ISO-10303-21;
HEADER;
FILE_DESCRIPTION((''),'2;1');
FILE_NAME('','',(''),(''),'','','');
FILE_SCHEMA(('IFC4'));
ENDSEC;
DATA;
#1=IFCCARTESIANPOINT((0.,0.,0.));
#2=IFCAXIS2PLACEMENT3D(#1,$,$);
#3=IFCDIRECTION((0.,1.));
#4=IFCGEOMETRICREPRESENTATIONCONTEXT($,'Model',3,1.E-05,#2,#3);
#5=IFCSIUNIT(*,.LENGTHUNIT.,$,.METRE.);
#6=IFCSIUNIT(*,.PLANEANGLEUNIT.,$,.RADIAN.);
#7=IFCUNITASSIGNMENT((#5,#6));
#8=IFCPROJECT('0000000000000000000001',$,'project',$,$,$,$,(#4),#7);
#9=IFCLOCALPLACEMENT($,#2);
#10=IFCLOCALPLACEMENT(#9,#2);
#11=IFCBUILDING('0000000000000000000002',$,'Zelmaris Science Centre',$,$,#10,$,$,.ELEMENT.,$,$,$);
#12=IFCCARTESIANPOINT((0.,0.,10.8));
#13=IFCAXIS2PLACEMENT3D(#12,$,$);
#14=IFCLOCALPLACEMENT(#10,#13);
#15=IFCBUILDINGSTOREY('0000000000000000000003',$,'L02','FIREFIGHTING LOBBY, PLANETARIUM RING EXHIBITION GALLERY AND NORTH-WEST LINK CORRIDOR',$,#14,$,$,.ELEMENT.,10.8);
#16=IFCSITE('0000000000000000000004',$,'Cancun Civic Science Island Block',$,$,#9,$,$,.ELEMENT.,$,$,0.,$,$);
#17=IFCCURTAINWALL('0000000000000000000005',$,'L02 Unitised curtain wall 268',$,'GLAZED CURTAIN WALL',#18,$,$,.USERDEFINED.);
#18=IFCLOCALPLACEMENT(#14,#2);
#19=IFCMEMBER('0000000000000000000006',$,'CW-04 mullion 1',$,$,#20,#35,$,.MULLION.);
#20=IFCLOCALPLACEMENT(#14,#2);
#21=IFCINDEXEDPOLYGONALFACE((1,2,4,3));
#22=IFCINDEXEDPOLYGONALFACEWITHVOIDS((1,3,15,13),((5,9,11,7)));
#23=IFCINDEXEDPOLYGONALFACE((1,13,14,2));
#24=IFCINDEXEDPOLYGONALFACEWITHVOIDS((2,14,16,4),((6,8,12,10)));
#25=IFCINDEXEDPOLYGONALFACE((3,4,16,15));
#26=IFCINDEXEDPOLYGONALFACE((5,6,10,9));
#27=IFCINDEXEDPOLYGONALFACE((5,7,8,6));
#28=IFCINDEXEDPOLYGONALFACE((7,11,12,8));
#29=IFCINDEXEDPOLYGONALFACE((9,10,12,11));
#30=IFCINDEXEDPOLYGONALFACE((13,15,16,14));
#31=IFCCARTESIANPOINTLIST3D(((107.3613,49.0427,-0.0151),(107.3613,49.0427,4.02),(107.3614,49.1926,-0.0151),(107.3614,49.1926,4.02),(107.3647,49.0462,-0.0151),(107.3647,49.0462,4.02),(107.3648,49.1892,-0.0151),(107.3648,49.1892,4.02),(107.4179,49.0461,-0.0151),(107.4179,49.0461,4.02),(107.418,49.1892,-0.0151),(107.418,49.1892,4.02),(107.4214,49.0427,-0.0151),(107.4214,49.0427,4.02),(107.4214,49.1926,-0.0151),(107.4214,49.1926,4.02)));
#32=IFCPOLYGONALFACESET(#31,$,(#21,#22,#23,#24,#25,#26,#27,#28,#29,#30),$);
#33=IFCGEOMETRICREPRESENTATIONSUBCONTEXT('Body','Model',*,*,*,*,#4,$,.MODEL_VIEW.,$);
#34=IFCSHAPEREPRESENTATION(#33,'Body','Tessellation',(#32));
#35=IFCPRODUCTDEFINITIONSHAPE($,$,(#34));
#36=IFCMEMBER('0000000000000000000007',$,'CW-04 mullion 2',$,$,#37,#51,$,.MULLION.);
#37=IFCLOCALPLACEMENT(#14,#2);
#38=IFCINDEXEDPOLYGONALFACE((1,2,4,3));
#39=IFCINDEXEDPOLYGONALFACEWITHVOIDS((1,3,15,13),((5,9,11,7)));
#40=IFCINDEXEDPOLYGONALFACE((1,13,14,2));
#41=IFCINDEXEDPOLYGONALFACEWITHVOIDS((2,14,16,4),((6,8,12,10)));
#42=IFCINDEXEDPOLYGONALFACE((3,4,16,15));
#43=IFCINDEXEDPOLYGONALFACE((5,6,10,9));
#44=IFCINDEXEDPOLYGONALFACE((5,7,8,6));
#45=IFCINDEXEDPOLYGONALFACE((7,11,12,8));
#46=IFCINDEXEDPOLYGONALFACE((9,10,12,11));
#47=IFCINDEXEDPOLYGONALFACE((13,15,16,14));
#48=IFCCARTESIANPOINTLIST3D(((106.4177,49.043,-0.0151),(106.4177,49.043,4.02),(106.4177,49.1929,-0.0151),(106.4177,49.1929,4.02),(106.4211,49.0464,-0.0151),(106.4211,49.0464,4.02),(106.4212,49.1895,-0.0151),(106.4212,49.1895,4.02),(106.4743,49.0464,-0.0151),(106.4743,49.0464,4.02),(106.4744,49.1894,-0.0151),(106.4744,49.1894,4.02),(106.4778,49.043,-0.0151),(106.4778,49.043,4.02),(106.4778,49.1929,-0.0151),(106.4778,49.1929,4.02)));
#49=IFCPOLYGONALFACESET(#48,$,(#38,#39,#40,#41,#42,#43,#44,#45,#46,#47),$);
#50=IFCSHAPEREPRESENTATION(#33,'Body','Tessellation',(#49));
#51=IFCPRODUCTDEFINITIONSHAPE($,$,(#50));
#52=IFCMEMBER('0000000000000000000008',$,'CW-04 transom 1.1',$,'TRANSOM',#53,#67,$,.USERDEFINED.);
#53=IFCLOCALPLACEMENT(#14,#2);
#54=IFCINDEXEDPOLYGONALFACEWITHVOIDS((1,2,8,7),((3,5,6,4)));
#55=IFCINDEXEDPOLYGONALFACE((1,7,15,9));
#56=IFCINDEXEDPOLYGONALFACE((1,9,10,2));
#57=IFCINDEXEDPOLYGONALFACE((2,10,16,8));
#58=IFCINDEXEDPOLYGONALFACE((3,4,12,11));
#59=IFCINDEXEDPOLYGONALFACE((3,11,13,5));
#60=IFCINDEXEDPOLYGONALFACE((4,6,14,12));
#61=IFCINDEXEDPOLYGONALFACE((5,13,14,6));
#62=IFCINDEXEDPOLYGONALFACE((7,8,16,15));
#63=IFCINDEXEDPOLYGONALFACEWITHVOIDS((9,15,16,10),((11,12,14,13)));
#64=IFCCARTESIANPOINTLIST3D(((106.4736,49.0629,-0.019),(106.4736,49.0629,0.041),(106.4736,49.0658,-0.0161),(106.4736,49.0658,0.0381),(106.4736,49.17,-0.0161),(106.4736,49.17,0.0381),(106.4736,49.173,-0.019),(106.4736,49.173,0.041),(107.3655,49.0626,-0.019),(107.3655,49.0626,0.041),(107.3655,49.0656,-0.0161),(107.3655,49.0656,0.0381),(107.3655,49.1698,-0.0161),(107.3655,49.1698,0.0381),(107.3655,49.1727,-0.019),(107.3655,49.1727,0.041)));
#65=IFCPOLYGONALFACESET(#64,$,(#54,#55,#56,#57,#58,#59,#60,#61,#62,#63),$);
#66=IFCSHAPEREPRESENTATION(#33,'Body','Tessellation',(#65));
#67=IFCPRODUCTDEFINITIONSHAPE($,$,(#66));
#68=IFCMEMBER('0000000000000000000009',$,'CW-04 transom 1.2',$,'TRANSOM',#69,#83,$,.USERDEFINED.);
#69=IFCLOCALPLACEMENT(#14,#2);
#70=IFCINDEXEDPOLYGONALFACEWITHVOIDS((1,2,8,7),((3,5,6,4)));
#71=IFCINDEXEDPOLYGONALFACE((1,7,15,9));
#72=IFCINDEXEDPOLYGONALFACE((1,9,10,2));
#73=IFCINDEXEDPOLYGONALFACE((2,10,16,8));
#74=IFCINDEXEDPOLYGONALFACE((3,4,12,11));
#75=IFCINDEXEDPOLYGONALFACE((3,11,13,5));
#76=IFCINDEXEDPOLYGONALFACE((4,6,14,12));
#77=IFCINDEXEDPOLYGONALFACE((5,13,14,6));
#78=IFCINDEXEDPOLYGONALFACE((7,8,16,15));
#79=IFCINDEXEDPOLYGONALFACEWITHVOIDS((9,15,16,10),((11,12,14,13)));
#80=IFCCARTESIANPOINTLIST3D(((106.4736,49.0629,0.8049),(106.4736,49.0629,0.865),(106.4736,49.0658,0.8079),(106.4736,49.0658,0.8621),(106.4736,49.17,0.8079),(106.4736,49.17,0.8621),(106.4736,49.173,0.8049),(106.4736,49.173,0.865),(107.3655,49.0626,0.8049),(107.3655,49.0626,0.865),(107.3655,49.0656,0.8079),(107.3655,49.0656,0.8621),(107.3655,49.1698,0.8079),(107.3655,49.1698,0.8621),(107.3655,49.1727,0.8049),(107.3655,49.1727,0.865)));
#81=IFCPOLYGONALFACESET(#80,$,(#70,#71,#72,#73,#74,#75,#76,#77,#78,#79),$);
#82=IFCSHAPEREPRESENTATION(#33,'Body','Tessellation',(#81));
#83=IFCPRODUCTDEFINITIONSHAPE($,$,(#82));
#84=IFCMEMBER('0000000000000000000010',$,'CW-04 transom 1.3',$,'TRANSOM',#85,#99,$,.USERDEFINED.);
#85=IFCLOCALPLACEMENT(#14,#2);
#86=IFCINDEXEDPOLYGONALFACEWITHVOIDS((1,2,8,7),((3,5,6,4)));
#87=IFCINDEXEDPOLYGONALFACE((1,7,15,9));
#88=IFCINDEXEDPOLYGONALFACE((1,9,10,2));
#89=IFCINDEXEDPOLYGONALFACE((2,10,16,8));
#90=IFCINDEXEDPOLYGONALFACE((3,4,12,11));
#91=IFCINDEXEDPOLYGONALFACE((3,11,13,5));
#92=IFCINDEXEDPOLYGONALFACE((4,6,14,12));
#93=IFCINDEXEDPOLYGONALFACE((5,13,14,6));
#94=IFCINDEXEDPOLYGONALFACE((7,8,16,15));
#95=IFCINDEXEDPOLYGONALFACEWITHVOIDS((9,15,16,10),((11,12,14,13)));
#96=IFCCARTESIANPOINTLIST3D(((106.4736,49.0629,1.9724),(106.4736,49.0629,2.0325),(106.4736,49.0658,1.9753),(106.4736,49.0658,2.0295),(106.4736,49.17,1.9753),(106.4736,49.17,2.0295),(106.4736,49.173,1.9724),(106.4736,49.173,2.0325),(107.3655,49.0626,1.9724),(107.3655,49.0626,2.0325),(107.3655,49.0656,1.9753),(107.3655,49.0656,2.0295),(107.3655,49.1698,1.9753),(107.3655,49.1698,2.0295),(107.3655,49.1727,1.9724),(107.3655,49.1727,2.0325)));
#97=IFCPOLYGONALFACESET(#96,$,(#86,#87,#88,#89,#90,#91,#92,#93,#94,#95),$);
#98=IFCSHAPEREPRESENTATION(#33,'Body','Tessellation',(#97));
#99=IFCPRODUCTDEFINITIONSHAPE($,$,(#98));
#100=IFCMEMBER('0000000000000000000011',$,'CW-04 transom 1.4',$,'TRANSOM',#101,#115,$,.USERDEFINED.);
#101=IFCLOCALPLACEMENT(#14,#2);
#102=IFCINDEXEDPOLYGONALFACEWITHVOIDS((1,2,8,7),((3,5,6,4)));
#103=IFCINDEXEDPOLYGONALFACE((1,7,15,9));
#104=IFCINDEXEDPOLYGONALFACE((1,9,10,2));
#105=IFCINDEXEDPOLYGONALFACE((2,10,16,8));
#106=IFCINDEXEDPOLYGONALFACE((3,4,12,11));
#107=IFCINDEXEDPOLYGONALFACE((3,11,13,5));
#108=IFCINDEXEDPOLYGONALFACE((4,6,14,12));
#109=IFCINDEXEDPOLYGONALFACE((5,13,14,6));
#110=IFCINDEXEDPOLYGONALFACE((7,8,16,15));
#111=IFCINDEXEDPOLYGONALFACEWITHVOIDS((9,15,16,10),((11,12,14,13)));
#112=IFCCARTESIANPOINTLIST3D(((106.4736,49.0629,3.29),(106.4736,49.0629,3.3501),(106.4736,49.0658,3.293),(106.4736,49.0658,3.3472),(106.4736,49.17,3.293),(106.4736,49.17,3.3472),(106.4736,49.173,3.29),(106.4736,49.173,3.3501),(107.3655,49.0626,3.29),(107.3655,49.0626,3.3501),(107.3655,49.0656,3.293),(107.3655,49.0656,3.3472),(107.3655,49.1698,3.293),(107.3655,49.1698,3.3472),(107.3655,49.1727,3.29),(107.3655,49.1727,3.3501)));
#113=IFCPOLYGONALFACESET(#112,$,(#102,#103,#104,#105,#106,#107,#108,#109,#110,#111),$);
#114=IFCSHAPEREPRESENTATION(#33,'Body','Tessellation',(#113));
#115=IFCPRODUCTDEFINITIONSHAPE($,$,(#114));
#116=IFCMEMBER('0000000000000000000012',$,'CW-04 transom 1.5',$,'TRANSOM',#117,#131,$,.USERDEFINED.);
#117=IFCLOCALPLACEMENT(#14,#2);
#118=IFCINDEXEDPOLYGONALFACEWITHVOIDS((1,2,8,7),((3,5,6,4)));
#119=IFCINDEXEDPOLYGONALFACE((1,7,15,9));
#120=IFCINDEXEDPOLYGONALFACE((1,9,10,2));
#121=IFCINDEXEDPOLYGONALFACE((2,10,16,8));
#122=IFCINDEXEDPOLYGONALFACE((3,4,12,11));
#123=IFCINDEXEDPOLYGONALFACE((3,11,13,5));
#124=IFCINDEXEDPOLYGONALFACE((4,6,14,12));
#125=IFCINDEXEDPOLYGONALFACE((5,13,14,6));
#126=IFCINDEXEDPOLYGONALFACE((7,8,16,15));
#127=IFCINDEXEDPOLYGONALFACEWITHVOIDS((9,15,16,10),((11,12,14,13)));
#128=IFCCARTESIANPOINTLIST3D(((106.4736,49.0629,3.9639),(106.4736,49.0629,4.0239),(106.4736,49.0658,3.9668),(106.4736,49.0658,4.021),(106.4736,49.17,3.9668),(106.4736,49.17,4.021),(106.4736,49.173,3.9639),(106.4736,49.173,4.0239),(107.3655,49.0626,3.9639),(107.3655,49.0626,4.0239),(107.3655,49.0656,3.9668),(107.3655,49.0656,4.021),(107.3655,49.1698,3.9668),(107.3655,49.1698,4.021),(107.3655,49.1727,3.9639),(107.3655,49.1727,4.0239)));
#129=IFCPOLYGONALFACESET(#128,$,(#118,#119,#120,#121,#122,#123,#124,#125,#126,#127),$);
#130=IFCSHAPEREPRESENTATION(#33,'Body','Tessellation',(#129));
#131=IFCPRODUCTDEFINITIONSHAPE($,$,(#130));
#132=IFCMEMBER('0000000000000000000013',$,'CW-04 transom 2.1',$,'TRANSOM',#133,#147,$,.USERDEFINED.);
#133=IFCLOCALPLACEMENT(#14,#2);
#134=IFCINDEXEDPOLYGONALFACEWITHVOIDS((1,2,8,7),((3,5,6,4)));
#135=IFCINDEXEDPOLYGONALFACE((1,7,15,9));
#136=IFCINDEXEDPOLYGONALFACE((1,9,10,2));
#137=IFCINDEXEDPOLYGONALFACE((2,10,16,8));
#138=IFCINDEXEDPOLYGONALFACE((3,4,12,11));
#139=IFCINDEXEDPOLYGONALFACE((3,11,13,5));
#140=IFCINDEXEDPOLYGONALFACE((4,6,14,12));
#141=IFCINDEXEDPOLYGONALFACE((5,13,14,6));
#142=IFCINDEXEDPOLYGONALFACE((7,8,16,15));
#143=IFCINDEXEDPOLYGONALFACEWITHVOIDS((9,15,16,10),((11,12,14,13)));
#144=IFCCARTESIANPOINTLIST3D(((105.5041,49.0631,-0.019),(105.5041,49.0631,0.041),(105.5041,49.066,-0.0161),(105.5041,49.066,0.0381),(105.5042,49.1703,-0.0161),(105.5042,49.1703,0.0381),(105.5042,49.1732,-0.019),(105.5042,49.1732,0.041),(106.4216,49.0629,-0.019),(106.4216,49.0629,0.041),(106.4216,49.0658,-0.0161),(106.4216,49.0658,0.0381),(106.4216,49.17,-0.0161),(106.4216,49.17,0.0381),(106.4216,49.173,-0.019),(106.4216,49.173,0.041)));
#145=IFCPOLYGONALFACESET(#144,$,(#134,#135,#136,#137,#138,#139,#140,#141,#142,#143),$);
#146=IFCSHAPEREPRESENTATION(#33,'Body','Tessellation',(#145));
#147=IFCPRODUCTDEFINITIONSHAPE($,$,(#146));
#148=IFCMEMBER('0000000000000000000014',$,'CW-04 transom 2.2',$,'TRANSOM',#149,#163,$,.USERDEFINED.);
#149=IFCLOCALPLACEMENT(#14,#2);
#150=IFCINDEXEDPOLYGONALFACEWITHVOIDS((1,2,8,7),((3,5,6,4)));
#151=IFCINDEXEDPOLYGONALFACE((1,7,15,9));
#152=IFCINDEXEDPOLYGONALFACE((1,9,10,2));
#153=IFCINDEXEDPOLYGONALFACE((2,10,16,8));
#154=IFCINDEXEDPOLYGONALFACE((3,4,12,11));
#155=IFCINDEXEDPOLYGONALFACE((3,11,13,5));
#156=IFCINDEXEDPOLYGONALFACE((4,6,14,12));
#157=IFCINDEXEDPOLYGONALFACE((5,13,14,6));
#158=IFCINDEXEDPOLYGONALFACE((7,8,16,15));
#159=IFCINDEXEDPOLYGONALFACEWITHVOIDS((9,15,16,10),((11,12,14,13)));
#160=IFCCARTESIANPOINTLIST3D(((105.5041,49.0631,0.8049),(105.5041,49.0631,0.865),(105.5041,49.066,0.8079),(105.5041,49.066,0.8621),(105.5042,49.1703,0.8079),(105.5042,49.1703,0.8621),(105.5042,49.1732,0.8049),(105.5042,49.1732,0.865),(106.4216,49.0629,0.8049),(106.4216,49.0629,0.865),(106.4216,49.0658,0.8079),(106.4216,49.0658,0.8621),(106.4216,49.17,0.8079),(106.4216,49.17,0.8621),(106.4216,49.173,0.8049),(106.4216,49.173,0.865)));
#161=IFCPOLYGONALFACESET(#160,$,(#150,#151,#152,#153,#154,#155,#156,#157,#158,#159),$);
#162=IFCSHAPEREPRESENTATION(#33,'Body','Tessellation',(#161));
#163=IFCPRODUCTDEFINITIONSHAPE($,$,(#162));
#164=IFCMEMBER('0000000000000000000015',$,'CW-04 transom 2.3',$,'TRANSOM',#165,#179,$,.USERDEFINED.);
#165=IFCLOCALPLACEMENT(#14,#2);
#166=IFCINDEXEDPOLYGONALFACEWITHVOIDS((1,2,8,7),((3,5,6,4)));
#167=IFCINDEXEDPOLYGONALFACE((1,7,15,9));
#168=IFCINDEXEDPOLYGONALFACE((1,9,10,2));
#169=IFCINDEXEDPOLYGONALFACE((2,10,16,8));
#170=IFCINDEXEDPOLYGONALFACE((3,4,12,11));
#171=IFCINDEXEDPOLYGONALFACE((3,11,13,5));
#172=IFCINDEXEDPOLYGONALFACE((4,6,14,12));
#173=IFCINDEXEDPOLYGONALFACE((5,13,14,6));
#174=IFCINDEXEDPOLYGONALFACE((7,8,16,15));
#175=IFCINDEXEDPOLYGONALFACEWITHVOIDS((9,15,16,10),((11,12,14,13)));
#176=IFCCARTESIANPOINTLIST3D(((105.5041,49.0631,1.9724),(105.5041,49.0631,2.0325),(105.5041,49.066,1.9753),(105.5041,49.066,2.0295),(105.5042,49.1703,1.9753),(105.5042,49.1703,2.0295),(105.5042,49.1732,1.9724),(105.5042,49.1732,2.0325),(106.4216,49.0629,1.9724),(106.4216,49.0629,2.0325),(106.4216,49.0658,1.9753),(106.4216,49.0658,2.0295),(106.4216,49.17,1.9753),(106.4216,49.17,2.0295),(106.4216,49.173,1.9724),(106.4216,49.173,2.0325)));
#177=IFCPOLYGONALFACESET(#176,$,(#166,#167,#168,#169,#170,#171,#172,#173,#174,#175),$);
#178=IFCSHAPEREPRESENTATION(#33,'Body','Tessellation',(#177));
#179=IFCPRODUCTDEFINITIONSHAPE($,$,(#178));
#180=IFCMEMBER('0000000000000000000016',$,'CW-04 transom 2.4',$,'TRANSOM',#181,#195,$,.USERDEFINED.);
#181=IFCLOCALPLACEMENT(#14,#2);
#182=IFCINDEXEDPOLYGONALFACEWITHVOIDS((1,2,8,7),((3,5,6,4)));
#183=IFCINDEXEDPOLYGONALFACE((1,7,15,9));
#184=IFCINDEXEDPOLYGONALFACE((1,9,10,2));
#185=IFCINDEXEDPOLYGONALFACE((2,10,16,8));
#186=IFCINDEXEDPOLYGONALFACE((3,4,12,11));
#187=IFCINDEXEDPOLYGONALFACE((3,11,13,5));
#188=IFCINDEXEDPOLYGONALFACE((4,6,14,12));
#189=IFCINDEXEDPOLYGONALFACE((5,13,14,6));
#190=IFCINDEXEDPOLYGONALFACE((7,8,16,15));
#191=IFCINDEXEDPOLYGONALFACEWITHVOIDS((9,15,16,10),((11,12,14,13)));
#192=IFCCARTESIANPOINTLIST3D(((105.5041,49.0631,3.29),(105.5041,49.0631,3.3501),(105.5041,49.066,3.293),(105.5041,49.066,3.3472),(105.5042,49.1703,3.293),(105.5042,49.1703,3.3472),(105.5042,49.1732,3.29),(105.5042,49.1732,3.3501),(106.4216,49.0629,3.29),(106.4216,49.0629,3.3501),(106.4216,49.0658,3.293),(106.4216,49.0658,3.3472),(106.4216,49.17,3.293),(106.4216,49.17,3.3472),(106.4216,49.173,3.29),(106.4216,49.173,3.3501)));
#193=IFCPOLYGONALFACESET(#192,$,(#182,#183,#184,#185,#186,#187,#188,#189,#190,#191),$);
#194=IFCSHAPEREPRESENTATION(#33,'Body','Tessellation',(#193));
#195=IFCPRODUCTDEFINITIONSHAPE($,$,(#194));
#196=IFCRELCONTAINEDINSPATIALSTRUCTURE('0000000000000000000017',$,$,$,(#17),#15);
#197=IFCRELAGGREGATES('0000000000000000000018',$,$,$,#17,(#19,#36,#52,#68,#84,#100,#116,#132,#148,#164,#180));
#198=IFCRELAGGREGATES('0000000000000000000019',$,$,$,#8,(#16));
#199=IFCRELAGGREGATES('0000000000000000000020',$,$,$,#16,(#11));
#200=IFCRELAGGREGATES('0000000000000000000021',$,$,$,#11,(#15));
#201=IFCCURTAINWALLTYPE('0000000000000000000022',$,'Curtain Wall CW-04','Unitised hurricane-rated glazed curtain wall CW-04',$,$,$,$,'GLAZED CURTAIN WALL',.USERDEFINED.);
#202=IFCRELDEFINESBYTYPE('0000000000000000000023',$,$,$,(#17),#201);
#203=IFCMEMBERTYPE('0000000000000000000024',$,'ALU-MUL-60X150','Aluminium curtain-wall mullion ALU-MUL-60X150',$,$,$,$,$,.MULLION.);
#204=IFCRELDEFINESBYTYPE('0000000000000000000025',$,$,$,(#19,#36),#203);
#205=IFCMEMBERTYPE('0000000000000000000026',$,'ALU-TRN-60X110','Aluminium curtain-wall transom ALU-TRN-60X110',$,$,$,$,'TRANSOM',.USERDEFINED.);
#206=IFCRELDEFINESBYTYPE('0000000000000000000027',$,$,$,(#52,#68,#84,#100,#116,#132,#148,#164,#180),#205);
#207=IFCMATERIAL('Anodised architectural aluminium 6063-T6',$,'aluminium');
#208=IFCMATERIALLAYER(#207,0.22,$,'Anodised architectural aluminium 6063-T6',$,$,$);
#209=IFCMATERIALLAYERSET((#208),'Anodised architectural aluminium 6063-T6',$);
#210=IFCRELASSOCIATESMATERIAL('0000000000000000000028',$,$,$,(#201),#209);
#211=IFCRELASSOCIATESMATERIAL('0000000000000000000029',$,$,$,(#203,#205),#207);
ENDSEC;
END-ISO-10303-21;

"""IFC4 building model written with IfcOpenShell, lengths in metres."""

from ifc_helpers import new_model, si_unit, direction, frame, origin, origin_2d, place, context, subcontext, project, spatial, hollow_rectangle, extrude, material, layer, layer_set, material_profile, profile_set, type_object, element, aggregate, save


model = new_model("IFC4")

# Units and contexts
model_context = context("Model", 3, precision=1e-05, world=origin(), true_north=direction((0.0, 1.0)))
body_context = subcontext(model_context, "Body", "Model", "MODEL_VIEW")
ifc_project = project(units=[si_unit("LENGTHUNIT", "METRE"), si_unit("PLANEANGLEUNIT", "RADIAN")], contexts=[model_context])

# Site, building, storey
site_placement = place(None, origin())
site = spatial("IfcSite", under=ifc_project, at=site_placement, Name="Cancun Civic Science Island Block", CompositionType="ELEMENT", RefElevation=0.0)
building_placement = place(site_placement, origin())
building = spatial("IfcBuilding", under=site, at=building_placement, Name="Zelmaris Science Centre", CompositionType="ELEMENT")
storey_placement = place(building_placement, frame((0.0, 0.0, 10.8)))
storey = spatial("IfcBuildingStorey", under=building, at=storey_placement, Name="L02", Description="FIREFIGHTING LOBBY, PLANETARIUM RING EXHIBITION GALLERY AND NORTH-WEST LINK CORRIDOR", CompositionType="ELEMENT", Elevation=10.8)

# Curtain wall, members
ifc_material_1 = material(Name="Anodised architectural aluminium 6063-T6", Category="aluminium")
ifc_layer_1 = layer(ifc_material_1, 0.22, Name="Anodised architectural aluminium 6063-T6")
ifc_layer_set_1 = layer_set([ifc_layer_1], Name="Anodised architectural aluminium 6063-T6")
curtain_wall_type = type_object("IfcCurtainWallType", Name="Curtain Wall CW-04", Description="Unitised hurricane-rated glazed curtain wall CW-04", ElementType="GLAZED CURTAIN WALL", PredefinedType="USERDEFINED", material=ifc_layer_set_1)
curtain_wall_placement = place(storey_placement, origin())
curtain_wall = element("IfcCurtainWall", 1, at=curtain_wall_placement, inside=storey, type_object=curtain_wall_type, Name="L02 Unitised curtain wall 268", ObjectType="GLAZED CURTAIN WALL", PredefinedType="USERDEFINED")
ifc_material_profile_1 = material_profile(ifc_material_1, hollow_rectangle(XDim=0.0601, YDim=0.1499, WallThickness=0.0034, at=origin_2d()), Name="ALU-MUL-60X150")
ifc_profile_set_1 = profile_set([ifc_material_profile_1], Name="Anodised architectural aluminium 6063-T6")
member_type_1 = type_object("IfcMemberType", Name="ALU-MUL-60X150", Description="Aluminium curtain-wall mullion ALU-MUL-60X150", PredefinedType="MULLION", material=ifc_profile_set_1)
member_1_placement = place(storey_placement, frame((107.3914, 49.1177, -0.0151), z_axis=(0.0, 0.0, 1.0), x_axis=(-1.0, 0.000297, 0.0)))
member_1 = element("IfcMember", 2, at=member_1_placement, type_object=member_type_1, Name="CW-04 mullion 1", PredefinedType="MULLION", context=body_context, shape_type="SweptSolid", body=[
    extrude(hollow_rectangle(XDim=0.0601, YDim=0.1499, WallThickness=0.0034, at=origin_2d()), origin(), (0.0, 0.0, 1.0), 4.0352),
])
member_2_placement = place(storey_placement, frame((106.4478, 49.1179, -0.0151), z_axis=(0.0, 0.0, 1.0), x_axis=(-1.0, 0.000297, 0.0)))
member_2 = element("IfcMember", 3, at=member_2_placement, type_object=member_type_1, Name="CW-04 mullion 2", PredefinedType="MULLION", context=body_context, shape_type="SweptSolid", body=[
    extrude(hollow_rectangle(XDim=0.0601, YDim=0.1499, WallThickness=0.0034, at=origin_2d()), origin(), (0.0, 0.0, 1.0), 4.0352),
])
ifc_material_profile_2 = material_profile(ifc_material_1, hollow_rectangle(XDim=0.0601, YDim=0.1101, WallThickness=0.0029, at=origin_2d()), Name="ALU-TRN-60X110")
ifc_profile_set_2 = profile_set([ifc_material_profile_2], Name="Anodised architectural aluminium 6063-T6")
member_type_2 = type_object("IfcMemberType", Name="ALU-TRN-60X110", Description="Aluminium curtain-wall transom ALU-TRN-60X110", ElementType="TRANSOM", PredefinedType="USERDEFINED", material=ifc_profile_set_2)
member_3_placement = place(storey_placement, frame((107.3655, 49.1177, 0.011), z_axis=(-1.0, 0.000274, 0.0), x_axis=(0.0, 0.0, 1.0)))
member_3 = element("IfcMember", 4, at=member_3_placement, type_object=member_type_2, Name="CW-04 transom 1.1", ObjectType="TRANSOM", PredefinedType="USERDEFINED", context=body_context, shape_type="SweptSolid", body=[
    extrude(hollow_rectangle(XDim=0.0601, YDim=0.1101, WallThickness=0.0029, at=origin_2d()), origin(), (0.0, 0.0, 1.0), 0.8918),
])
member_4_placement = place(storey_placement, frame((107.3655, 49.1177, 0.835), z_axis=(-1.0, 0.000274, 0.0), x_axis=(0.0, 0.0, 1.0)))
member_4 = element("IfcMember", 5, at=member_4_placement, type_object=member_type_2, Name="CW-04 transom 1.2", ObjectType="TRANSOM", PredefinedType="USERDEFINED", context=body_context, shape_type="SweptSolid", body=[
    extrude(hollow_rectangle(XDim=0.0601, YDim=0.1101, WallThickness=0.0029, at=origin_2d()), origin(), (0.0, 0.0, 1.0), 0.8918),
])
member_5_placement = place(storey_placement, frame((107.3655, 49.1177, 2.0024), z_axis=(-1.0, 0.000274, 0.0), x_axis=(0.0, 0.0, 1.0)))
member_5 = element("IfcMember", 6, at=member_5_placement, type_object=member_type_2, Name="CW-04 transom 1.3", ObjectType="TRANSOM", PredefinedType="USERDEFINED", context=body_context, shape_type="SweptSolid", body=[
    extrude(hollow_rectangle(XDim=0.0601, YDim=0.1101, WallThickness=0.0029, at=origin_2d()), origin(), (0.0, 0.0, 1.0), 0.8918),
])
member_6_placement = place(storey_placement, frame((107.3655, 49.1177, 3.3201), z_axis=(-1.0, 0.000274, 0.0), x_axis=(0.0, 0.0, 1.0)))
member_6 = element("IfcMember", 7, at=member_6_placement, type_object=member_type_2, Name="CW-04 transom 1.4", ObjectType="TRANSOM", PredefinedType="USERDEFINED", context=body_context, shape_type="SweptSolid", body=[
    extrude(hollow_rectangle(XDim=0.0601, YDim=0.1101, WallThickness=0.0029, at=origin_2d()), origin(), (0.0, 0.0, 1.0), 0.8918),
])
member_7_placement = place(storey_placement, frame((107.3655, 49.1177, 3.9939), z_axis=(-1.0, 0.000274, 0.0), x_axis=(0.0, 0.0, 1.0)))
member_7 = element("IfcMember", 8, at=member_7_placement, type_object=member_type_2, Name="CW-04 transom 1.5", ObjectType="TRANSOM", PredefinedType="USERDEFINED", context=body_context, shape_type="SweptSolid", body=[
    extrude(hollow_rectangle(XDim=0.0601, YDim=0.1101, WallThickness=0.0029, at=origin_2d()), origin(), (0.0, 0.0, 1.0), 0.8918),
])
member_8_placement = place(storey_placement, frame((106.4216, 49.1179, 0.011), z_axis=(-1.0, 0.000266, 0.0), x_axis=(0.0, 0.0, 1.0)))
member_8 = element("IfcMember", 9, at=member_8_placement, type_object=member_type_2, Name="CW-04 transom 2.1", ObjectType="TRANSOM", PredefinedType="USERDEFINED", context=body_context, shape_type="SweptSolid", body=[
    extrude(hollow_rectangle(XDim=0.0601, YDim=0.1101, WallThickness=0.0029, at=origin_2d()), origin(), (0.0, 0.0, 1.0), 0.9175),
])
member_9_placement = place(storey_placement, frame((106.4216, 49.1179, 0.835), z_axis=(-1.0, 0.000266, 0.0), x_axis=(0.0, 0.0, 1.0)))
member_9 = element("IfcMember", 10, at=member_9_placement, type_object=member_type_2, Name="CW-04 transom 2.2", ObjectType="TRANSOM", PredefinedType="USERDEFINED", context=body_context, shape_type="SweptSolid", body=[
    extrude(hollow_rectangle(XDim=0.0601, YDim=0.1101, WallThickness=0.0029, at=origin_2d()), origin(), (0.0, 0.0, 1.0), 0.9175),
])
member_10_placement = place(storey_placement, frame((106.4216, 49.1179, 2.0024), z_axis=(-1.0, 0.000266, 0.0), x_axis=(0.0, 0.0, 1.0)))
member_10 = element("IfcMember", 11, at=member_10_placement, type_object=member_type_2, Name="CW-04 transom 2.3", ObjectType="TRANSOM", PredefinedType="USERDEFINED", context=body_context, shape_type="SweptSolid", body=[
    extrude(hollow_rectangle(XDim=0.0601, YDim=0.1101, WallThickness=0.0029, at=origin_2d()), origin(), (0.0, 0.0, 1.0), 0.9175),
])
member_11_placement = place(storey_placement, frame((106.4216, 49.1179, 3.3201), z_axis=(-1.0, 0.000266, 0.0), x_axis=(0.0, 0.0, 1.0)))
member_11 = element("IfcMember", 12, at=member_11_placement, type_object=member_type_2, Name="CW-04 transom 2.4", ObjectType="TRANSOM", PredefinedType="USERDEFINED", context=body_context, shape_type="SweptSolid", body=[
    extrude(hollow_rectangle(XDim=0.0601, YDim=0.1101, WallThickness=0.0029, at=origin_2d()), origin(), (0.0, 0.0, 1.0), 0.9175),
])
aggregate(curtain_wall, [member_1, member_2, member_3, member_4, member_5, member_6, member_7, member_8, member_9, member_10, member_11])

save(model, "model.ifc")
